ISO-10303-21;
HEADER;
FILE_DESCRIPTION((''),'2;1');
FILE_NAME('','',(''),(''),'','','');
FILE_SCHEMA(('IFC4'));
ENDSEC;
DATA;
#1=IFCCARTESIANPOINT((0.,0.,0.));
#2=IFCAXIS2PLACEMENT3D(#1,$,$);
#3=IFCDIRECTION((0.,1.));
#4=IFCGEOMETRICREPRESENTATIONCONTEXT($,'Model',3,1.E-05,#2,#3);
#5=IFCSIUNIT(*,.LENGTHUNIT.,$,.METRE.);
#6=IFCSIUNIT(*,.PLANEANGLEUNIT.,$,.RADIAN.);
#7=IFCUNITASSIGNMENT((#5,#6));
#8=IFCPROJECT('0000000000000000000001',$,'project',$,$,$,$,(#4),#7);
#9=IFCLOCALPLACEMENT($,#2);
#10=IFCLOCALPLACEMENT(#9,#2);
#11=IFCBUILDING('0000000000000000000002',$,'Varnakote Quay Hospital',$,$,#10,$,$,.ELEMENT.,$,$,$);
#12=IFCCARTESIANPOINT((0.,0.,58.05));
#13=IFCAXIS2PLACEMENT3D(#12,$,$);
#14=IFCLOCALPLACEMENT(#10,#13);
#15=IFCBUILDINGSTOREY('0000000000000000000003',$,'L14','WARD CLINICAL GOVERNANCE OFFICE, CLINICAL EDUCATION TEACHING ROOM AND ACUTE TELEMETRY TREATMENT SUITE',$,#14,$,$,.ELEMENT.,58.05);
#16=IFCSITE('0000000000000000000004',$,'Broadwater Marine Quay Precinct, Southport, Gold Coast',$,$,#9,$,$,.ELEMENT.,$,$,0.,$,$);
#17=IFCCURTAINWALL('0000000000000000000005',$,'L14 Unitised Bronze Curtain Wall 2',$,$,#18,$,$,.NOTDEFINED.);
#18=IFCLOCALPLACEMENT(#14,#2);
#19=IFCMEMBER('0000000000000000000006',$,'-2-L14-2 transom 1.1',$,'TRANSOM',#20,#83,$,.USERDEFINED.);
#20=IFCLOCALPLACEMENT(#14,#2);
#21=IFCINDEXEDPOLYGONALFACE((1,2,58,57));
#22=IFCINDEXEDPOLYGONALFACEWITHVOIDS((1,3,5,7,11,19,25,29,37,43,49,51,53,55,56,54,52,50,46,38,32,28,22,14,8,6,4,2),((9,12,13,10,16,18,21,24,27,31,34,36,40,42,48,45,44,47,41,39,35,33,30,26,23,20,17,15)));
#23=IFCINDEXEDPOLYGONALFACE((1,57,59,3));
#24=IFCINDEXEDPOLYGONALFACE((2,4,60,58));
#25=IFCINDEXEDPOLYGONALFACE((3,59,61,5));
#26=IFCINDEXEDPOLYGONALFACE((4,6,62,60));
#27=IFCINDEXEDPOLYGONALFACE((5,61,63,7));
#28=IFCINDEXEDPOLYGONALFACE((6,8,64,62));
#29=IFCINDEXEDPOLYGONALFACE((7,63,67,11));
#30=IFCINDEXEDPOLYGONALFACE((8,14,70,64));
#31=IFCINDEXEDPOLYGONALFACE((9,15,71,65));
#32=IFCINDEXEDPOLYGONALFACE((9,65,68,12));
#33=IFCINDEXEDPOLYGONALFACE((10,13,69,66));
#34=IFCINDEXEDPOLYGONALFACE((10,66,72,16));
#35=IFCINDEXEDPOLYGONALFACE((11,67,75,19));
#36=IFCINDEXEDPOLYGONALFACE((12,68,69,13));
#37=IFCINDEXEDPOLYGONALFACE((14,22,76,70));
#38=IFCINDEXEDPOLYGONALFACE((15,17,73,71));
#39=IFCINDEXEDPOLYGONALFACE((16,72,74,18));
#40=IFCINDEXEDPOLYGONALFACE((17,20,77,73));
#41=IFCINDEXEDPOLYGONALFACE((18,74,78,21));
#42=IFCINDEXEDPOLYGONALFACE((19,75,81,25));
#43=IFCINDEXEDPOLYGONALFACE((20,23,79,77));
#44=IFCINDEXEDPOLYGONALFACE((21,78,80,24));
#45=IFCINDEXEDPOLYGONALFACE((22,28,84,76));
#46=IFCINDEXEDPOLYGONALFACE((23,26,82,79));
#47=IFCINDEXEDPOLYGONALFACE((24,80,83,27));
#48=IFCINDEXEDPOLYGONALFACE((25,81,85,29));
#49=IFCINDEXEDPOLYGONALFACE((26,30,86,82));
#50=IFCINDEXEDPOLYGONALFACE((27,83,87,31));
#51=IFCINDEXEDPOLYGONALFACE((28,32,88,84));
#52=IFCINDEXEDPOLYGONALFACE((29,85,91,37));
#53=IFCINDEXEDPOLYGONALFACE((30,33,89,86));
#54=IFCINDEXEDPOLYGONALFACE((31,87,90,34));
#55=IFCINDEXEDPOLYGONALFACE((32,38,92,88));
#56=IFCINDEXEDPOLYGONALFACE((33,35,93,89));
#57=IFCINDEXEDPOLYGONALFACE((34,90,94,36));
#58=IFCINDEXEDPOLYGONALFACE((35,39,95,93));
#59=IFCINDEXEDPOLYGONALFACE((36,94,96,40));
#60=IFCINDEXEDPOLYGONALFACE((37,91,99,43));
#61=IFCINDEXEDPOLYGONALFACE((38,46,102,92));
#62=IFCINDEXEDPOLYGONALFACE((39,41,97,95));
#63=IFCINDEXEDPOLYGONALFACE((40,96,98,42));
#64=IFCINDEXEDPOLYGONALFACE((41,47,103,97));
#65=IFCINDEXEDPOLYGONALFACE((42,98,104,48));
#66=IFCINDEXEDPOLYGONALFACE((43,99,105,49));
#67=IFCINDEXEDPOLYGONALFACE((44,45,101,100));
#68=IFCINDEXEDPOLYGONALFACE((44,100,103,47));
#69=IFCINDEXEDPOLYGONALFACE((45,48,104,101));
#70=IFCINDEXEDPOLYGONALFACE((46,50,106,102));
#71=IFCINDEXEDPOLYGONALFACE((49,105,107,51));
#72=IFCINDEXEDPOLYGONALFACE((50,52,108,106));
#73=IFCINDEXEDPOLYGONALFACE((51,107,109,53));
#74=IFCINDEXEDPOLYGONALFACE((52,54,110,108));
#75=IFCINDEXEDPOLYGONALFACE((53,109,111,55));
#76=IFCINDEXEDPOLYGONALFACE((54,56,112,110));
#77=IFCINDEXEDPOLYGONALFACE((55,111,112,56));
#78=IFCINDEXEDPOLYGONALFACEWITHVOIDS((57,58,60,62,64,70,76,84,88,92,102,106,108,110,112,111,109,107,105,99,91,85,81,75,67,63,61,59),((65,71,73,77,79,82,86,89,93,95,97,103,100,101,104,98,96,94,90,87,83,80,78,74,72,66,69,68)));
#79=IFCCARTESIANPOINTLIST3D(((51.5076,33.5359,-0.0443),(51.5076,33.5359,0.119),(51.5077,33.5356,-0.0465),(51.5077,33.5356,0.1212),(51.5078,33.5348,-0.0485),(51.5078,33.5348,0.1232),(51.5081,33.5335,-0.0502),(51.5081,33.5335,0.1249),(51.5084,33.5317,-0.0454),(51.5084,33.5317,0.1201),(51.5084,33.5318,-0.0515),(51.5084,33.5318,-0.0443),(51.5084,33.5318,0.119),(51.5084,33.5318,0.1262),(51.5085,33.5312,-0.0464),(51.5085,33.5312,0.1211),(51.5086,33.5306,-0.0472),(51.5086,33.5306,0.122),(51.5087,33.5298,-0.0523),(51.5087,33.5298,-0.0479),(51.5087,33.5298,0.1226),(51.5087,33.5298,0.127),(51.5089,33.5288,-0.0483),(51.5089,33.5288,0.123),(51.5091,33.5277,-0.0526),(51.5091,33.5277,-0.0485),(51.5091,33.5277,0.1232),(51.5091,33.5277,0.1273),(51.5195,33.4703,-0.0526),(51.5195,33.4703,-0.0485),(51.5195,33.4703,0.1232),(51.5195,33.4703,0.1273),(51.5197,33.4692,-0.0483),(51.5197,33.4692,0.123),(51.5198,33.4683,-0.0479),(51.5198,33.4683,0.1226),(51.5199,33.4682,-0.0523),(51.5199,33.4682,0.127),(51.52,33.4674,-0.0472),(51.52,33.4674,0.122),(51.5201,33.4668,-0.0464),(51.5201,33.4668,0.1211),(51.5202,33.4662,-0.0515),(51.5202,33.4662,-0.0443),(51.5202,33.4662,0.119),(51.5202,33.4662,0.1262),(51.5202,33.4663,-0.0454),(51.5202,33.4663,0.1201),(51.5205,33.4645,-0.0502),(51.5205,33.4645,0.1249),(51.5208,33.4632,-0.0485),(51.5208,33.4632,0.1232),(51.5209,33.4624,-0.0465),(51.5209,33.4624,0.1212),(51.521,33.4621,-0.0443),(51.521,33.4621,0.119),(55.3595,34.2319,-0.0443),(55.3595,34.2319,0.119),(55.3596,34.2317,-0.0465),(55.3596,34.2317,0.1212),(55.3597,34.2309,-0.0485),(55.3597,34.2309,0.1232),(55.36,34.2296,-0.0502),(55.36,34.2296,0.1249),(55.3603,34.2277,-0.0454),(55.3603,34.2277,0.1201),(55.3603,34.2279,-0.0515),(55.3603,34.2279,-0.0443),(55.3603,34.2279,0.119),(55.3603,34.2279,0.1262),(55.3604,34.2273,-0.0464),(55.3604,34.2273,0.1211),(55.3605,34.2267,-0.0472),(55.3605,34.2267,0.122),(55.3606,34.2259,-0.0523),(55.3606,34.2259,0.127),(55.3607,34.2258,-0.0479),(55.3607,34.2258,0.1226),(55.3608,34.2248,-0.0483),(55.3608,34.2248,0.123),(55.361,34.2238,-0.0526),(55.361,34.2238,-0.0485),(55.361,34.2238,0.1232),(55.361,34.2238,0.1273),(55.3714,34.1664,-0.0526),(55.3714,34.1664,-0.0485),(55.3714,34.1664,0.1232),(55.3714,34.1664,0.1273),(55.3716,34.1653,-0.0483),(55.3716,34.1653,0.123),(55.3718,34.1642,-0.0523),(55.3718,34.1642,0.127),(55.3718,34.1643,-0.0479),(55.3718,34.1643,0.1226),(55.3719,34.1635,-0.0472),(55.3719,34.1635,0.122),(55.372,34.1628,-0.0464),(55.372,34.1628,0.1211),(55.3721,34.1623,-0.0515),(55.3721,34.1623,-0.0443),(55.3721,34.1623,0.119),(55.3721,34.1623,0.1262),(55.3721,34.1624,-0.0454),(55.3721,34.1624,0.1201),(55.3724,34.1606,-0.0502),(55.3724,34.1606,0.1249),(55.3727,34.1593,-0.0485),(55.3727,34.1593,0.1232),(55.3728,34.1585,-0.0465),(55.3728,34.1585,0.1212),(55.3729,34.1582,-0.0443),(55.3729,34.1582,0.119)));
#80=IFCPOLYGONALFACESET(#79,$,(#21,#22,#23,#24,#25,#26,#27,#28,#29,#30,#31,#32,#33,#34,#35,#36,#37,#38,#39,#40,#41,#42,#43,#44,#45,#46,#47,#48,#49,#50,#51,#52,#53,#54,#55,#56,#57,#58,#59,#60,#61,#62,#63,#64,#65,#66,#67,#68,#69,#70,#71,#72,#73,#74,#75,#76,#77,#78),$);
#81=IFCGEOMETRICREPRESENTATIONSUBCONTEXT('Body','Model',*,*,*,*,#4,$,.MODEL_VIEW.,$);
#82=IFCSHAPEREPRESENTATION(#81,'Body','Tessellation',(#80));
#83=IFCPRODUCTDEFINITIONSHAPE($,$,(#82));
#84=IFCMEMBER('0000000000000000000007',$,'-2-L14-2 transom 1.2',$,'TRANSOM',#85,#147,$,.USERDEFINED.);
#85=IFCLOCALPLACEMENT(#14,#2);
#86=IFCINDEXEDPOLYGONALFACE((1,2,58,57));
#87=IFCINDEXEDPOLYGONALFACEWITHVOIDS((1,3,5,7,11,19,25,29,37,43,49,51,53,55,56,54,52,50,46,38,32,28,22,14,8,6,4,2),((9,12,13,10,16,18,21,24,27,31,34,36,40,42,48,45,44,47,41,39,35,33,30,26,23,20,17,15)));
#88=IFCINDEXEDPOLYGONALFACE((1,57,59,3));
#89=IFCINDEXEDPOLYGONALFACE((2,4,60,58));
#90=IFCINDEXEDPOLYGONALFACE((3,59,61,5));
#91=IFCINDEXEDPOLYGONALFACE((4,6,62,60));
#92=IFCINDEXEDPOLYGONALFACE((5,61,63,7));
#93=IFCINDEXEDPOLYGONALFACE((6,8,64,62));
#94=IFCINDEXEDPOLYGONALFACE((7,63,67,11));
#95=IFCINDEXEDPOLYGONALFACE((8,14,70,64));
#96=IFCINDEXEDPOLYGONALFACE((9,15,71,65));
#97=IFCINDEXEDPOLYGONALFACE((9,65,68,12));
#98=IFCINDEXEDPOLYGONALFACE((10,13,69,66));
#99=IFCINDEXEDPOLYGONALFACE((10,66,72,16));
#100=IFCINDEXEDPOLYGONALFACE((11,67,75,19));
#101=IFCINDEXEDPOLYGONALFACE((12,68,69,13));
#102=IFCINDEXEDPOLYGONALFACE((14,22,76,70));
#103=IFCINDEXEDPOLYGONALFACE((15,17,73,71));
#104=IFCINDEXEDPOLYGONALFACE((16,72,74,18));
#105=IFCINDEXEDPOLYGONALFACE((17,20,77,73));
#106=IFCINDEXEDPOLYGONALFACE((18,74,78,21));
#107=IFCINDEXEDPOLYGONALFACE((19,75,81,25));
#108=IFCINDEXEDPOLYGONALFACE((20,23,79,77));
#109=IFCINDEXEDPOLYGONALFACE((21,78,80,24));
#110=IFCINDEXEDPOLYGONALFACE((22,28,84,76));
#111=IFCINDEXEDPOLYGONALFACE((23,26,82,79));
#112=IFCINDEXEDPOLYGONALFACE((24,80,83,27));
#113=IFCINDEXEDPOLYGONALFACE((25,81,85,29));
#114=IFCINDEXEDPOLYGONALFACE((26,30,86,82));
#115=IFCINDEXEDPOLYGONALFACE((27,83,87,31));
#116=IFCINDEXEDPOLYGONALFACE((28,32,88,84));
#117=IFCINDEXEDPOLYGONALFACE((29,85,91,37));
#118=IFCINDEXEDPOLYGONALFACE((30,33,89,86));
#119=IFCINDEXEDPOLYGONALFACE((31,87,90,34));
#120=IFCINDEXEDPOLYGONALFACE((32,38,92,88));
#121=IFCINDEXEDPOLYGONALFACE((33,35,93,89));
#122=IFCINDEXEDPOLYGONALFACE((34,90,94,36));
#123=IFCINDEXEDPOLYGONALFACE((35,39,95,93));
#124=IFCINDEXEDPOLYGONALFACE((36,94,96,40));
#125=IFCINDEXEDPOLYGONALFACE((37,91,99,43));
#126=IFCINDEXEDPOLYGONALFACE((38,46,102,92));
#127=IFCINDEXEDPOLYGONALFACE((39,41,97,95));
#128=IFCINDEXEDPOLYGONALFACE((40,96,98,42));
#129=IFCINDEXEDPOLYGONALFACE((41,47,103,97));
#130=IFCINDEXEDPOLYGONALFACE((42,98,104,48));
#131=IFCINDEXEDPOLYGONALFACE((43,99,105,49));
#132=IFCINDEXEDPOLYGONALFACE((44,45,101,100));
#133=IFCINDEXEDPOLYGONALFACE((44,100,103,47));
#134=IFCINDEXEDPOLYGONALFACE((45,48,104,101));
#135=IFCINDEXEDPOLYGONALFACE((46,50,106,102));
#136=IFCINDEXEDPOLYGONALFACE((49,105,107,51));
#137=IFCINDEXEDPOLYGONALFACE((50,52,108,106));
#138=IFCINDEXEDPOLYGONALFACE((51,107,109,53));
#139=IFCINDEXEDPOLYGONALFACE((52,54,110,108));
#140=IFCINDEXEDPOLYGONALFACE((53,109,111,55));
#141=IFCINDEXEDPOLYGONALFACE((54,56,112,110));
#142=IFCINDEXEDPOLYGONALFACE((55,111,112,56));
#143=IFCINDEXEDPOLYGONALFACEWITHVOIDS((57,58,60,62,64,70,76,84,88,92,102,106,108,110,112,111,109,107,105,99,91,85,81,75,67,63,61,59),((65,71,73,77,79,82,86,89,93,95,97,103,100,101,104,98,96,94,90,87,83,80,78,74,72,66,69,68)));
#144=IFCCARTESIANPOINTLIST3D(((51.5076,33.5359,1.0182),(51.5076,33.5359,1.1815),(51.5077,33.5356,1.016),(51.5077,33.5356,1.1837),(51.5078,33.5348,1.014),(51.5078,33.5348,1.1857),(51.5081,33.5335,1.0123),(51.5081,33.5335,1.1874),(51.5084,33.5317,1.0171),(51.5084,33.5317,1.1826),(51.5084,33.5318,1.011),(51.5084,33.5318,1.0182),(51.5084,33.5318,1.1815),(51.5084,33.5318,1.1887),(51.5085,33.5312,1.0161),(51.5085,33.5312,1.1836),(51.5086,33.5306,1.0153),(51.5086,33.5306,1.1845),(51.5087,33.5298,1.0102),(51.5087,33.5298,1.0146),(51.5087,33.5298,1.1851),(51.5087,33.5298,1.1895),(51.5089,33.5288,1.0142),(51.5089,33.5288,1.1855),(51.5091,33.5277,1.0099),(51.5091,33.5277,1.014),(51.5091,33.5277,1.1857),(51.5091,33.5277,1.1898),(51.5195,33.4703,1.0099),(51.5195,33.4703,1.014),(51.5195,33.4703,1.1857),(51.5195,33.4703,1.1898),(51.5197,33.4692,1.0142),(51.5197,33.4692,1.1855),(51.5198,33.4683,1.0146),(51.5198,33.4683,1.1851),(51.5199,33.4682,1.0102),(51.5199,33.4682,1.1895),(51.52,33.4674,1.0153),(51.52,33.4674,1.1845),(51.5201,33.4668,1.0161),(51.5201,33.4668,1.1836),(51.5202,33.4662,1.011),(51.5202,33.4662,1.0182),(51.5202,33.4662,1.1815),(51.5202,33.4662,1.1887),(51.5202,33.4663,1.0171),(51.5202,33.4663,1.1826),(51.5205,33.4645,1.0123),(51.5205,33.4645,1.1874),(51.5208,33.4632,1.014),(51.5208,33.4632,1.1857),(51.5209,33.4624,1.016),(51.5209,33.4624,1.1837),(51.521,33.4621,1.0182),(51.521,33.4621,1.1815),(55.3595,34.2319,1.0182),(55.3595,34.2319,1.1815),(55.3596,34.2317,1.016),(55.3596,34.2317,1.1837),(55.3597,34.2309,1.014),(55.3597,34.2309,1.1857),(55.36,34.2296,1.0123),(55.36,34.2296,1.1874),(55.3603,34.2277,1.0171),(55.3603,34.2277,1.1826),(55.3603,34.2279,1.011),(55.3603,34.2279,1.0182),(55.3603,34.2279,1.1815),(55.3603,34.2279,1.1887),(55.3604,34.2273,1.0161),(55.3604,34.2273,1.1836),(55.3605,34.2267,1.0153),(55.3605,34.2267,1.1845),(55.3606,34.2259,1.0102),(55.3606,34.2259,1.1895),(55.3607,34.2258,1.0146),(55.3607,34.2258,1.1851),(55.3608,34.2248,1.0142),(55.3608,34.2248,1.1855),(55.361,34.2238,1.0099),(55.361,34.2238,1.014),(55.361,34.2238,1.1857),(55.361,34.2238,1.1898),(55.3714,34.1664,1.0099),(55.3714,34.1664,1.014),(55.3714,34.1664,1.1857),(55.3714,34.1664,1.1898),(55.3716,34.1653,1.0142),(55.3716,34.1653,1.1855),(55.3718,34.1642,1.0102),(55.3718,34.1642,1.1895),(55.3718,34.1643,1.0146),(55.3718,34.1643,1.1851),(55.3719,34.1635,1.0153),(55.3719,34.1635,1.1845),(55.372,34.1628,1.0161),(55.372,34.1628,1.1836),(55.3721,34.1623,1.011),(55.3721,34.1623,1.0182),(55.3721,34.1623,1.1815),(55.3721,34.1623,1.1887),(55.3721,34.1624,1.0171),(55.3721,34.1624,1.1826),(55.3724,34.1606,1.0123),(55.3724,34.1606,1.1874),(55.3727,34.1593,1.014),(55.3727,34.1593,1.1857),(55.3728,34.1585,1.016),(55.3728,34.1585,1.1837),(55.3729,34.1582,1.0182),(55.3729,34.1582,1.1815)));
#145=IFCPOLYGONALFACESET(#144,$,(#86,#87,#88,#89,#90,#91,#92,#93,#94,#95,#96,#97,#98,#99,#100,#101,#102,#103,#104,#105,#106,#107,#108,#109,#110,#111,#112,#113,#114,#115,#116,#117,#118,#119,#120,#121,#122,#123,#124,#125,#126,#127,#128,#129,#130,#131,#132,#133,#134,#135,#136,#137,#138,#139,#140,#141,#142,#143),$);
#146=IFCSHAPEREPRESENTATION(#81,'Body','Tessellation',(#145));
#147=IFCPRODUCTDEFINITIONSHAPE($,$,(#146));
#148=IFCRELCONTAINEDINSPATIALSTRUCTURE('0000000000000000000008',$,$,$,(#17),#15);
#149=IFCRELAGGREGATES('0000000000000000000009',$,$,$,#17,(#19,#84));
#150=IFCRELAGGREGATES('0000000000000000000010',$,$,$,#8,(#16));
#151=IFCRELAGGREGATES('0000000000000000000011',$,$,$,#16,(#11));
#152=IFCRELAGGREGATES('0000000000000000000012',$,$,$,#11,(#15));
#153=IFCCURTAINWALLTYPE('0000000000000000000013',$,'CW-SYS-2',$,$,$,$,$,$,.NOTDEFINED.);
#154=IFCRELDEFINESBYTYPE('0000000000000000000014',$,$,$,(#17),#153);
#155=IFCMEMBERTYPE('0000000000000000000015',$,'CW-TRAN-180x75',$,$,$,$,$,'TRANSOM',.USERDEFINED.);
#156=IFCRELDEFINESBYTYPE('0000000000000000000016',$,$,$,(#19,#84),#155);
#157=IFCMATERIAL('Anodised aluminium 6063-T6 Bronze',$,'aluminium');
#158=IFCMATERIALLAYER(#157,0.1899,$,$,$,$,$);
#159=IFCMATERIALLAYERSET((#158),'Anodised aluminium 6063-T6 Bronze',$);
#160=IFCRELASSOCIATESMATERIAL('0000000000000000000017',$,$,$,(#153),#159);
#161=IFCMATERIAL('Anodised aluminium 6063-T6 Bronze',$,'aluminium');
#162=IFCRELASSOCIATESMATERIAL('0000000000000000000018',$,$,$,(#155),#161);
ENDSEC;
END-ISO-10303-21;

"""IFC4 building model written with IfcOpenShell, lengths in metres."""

from ifc_helpers import new_model, si_unit, direction, frame, origin, origin_2d, place, context, subcontext, project, spatial, hollow_rectangle, extrude, material, layer, layer_set, material_profile, profile_set, type_object, element, aggregate, save


model = new_model("IFC4")

# Units and contexts
model_context = context("Model", 3, precision=1e-05, world=origin(), true_north=direction((0.0, 1.0)))
body_context = subcontext(model_context, "Body", "Model", "MODEL_VIEW")
ifc_project = project(units=[si_unit("LENGTHUNIT", "METRE"), si_unit("PLANEANGLEUNIT", "RADIAN")], contexts=[model_context])

# Site, building, storey
site_placement = place(None, origin())
site = spatial("IfcSite", under=ifc_project, at=site_placement, Name="Broadwater Marine Quay Precinct, Southport, Gold Coast", CompositionType="ELEMENT", RefElevation=0.0)
building_placement = place(site_placement, origin())
building = spatial("IfcBuilding", under=site, at=building_placement, Name="Varnakote Quay Hospital", CompositionType="ELEMENT")
storey_placement = place(building_placement, frame((0.0, 0.0, 58.05)))
storey = spatial("IfcBuildingStorey", under=building, at=storey_placement, Name="L14", Description="WARD CLINICAL GOVERNANCE OFFICE, CLINICAL EDUCATION TEACHING ROOM AND ACUTE TELEMETRY TREATMENT SUITE", CompositionType="ELEMENT", Elevation=58.05)

# Shared definitions
ifc_material_1 = material(Name="Anodised aluminium 6063-T6 Bronze", Category="aluminium")
ifc_layer_1 = layer(ifc_material_1, 0.1899)
ifc_layer_set_1 = layer_set([ifc_layer_1], Name="Anodised aluminium 6063-T6 Bronze")
curtain_wall_type = type_object("IfcCurtainWallType", Name="CW-SYS-2", PredefinedType="NOTDEFINED", material=ifc_layer_set_1)

# Curtain wall
curtain_wall_1_placement = place(storey_placement, origin())
curtain_wall_1 = element("IfcCurtainWall", 1, at=curtain_wall_1_placement, inside=storey, type_object=curtain_wall_type, Name="L14 Unitised Bronze Curtain Wall 2", PredefinedType="NOTDEFINED")

# Members
ifc_material_2 = material(Name="Anodised aluminium 6063-T6 Bronze", Category="aluminium")
ifc_material_profile_1 = material_profile(ifc_material_2, hollow_rectangle(XDim=0.075, YDim=0.1799, WallThickness=0.0042, InnerFilletRadius=0.0042, OuterFilletRadius=0.0083, at=origin_2d()), Name="CW-TRAN-180x75")
ifc_profile_set_1 = profile_set([ifc_material_profile_1], Name="Anodised aluminium 6063-T6 Bronze")
member_type_1 = type_object("IfcMemberType", Name="CW-TRAN-180x75", ElementType="TRANSOM", PredefinedType="USERDEFINED", material=ifc_profile_set_1)
member_1_placement = place(storey_placement, frame((55.3662, 34.1951, 0.0374), z_axis=(-0.984062, -0.177826, 0.0), x_axis=(0.177826, -0.984062, 0.0)))
member_1 = element("IfcMember", 2, at=member_1_placement, type_object=member_type_1, Name="-2-L14-2 transom 1.1", ObjectType="TRANSOM", PredefinedType="USERDEFINED", context=body_context, shape_type="SweptSolid", body=[
    extrude(hollow_rectangle(XDim=0.075, YDim=0.1799, WallThickness=0.0042, InnerFilletRadius=0.0042, OuterFilletRadius=0.0083, at=origin_2d()), origin(), (0.0, 0.0, 1.0), 3.9143),
])
member_2_placement = place(storey_placement, frame((55.3662, 34.1951, 1.0999), z_axis=(-0.984062, -0.177826, 0.0), x_axis=(0.177826, -0.984062, 0.0)))
member_2 = element("IfcMember", 3, at=member_2_placement, type_object=member_type_1, Name="-2-L14-2 transom 1.2", ObjectType="TRANSOM", PredefinedType="USERDEFINED", context=body_context, shape_type="SweptSolid", body=[
    extrude(hollow_rectangle(XDim=0.075, YDim=0.1799, WallThickness=0.0042, InnerFilletRadius=0.0042, OuterFilletRadius=0.0083, at=origin_2d()), origin(), (0.0, 0.0, 1.0), 3.9143),
])

aggregate(curtain_wall_1, [member_1, member_2])

save(model, "model.ifc")
